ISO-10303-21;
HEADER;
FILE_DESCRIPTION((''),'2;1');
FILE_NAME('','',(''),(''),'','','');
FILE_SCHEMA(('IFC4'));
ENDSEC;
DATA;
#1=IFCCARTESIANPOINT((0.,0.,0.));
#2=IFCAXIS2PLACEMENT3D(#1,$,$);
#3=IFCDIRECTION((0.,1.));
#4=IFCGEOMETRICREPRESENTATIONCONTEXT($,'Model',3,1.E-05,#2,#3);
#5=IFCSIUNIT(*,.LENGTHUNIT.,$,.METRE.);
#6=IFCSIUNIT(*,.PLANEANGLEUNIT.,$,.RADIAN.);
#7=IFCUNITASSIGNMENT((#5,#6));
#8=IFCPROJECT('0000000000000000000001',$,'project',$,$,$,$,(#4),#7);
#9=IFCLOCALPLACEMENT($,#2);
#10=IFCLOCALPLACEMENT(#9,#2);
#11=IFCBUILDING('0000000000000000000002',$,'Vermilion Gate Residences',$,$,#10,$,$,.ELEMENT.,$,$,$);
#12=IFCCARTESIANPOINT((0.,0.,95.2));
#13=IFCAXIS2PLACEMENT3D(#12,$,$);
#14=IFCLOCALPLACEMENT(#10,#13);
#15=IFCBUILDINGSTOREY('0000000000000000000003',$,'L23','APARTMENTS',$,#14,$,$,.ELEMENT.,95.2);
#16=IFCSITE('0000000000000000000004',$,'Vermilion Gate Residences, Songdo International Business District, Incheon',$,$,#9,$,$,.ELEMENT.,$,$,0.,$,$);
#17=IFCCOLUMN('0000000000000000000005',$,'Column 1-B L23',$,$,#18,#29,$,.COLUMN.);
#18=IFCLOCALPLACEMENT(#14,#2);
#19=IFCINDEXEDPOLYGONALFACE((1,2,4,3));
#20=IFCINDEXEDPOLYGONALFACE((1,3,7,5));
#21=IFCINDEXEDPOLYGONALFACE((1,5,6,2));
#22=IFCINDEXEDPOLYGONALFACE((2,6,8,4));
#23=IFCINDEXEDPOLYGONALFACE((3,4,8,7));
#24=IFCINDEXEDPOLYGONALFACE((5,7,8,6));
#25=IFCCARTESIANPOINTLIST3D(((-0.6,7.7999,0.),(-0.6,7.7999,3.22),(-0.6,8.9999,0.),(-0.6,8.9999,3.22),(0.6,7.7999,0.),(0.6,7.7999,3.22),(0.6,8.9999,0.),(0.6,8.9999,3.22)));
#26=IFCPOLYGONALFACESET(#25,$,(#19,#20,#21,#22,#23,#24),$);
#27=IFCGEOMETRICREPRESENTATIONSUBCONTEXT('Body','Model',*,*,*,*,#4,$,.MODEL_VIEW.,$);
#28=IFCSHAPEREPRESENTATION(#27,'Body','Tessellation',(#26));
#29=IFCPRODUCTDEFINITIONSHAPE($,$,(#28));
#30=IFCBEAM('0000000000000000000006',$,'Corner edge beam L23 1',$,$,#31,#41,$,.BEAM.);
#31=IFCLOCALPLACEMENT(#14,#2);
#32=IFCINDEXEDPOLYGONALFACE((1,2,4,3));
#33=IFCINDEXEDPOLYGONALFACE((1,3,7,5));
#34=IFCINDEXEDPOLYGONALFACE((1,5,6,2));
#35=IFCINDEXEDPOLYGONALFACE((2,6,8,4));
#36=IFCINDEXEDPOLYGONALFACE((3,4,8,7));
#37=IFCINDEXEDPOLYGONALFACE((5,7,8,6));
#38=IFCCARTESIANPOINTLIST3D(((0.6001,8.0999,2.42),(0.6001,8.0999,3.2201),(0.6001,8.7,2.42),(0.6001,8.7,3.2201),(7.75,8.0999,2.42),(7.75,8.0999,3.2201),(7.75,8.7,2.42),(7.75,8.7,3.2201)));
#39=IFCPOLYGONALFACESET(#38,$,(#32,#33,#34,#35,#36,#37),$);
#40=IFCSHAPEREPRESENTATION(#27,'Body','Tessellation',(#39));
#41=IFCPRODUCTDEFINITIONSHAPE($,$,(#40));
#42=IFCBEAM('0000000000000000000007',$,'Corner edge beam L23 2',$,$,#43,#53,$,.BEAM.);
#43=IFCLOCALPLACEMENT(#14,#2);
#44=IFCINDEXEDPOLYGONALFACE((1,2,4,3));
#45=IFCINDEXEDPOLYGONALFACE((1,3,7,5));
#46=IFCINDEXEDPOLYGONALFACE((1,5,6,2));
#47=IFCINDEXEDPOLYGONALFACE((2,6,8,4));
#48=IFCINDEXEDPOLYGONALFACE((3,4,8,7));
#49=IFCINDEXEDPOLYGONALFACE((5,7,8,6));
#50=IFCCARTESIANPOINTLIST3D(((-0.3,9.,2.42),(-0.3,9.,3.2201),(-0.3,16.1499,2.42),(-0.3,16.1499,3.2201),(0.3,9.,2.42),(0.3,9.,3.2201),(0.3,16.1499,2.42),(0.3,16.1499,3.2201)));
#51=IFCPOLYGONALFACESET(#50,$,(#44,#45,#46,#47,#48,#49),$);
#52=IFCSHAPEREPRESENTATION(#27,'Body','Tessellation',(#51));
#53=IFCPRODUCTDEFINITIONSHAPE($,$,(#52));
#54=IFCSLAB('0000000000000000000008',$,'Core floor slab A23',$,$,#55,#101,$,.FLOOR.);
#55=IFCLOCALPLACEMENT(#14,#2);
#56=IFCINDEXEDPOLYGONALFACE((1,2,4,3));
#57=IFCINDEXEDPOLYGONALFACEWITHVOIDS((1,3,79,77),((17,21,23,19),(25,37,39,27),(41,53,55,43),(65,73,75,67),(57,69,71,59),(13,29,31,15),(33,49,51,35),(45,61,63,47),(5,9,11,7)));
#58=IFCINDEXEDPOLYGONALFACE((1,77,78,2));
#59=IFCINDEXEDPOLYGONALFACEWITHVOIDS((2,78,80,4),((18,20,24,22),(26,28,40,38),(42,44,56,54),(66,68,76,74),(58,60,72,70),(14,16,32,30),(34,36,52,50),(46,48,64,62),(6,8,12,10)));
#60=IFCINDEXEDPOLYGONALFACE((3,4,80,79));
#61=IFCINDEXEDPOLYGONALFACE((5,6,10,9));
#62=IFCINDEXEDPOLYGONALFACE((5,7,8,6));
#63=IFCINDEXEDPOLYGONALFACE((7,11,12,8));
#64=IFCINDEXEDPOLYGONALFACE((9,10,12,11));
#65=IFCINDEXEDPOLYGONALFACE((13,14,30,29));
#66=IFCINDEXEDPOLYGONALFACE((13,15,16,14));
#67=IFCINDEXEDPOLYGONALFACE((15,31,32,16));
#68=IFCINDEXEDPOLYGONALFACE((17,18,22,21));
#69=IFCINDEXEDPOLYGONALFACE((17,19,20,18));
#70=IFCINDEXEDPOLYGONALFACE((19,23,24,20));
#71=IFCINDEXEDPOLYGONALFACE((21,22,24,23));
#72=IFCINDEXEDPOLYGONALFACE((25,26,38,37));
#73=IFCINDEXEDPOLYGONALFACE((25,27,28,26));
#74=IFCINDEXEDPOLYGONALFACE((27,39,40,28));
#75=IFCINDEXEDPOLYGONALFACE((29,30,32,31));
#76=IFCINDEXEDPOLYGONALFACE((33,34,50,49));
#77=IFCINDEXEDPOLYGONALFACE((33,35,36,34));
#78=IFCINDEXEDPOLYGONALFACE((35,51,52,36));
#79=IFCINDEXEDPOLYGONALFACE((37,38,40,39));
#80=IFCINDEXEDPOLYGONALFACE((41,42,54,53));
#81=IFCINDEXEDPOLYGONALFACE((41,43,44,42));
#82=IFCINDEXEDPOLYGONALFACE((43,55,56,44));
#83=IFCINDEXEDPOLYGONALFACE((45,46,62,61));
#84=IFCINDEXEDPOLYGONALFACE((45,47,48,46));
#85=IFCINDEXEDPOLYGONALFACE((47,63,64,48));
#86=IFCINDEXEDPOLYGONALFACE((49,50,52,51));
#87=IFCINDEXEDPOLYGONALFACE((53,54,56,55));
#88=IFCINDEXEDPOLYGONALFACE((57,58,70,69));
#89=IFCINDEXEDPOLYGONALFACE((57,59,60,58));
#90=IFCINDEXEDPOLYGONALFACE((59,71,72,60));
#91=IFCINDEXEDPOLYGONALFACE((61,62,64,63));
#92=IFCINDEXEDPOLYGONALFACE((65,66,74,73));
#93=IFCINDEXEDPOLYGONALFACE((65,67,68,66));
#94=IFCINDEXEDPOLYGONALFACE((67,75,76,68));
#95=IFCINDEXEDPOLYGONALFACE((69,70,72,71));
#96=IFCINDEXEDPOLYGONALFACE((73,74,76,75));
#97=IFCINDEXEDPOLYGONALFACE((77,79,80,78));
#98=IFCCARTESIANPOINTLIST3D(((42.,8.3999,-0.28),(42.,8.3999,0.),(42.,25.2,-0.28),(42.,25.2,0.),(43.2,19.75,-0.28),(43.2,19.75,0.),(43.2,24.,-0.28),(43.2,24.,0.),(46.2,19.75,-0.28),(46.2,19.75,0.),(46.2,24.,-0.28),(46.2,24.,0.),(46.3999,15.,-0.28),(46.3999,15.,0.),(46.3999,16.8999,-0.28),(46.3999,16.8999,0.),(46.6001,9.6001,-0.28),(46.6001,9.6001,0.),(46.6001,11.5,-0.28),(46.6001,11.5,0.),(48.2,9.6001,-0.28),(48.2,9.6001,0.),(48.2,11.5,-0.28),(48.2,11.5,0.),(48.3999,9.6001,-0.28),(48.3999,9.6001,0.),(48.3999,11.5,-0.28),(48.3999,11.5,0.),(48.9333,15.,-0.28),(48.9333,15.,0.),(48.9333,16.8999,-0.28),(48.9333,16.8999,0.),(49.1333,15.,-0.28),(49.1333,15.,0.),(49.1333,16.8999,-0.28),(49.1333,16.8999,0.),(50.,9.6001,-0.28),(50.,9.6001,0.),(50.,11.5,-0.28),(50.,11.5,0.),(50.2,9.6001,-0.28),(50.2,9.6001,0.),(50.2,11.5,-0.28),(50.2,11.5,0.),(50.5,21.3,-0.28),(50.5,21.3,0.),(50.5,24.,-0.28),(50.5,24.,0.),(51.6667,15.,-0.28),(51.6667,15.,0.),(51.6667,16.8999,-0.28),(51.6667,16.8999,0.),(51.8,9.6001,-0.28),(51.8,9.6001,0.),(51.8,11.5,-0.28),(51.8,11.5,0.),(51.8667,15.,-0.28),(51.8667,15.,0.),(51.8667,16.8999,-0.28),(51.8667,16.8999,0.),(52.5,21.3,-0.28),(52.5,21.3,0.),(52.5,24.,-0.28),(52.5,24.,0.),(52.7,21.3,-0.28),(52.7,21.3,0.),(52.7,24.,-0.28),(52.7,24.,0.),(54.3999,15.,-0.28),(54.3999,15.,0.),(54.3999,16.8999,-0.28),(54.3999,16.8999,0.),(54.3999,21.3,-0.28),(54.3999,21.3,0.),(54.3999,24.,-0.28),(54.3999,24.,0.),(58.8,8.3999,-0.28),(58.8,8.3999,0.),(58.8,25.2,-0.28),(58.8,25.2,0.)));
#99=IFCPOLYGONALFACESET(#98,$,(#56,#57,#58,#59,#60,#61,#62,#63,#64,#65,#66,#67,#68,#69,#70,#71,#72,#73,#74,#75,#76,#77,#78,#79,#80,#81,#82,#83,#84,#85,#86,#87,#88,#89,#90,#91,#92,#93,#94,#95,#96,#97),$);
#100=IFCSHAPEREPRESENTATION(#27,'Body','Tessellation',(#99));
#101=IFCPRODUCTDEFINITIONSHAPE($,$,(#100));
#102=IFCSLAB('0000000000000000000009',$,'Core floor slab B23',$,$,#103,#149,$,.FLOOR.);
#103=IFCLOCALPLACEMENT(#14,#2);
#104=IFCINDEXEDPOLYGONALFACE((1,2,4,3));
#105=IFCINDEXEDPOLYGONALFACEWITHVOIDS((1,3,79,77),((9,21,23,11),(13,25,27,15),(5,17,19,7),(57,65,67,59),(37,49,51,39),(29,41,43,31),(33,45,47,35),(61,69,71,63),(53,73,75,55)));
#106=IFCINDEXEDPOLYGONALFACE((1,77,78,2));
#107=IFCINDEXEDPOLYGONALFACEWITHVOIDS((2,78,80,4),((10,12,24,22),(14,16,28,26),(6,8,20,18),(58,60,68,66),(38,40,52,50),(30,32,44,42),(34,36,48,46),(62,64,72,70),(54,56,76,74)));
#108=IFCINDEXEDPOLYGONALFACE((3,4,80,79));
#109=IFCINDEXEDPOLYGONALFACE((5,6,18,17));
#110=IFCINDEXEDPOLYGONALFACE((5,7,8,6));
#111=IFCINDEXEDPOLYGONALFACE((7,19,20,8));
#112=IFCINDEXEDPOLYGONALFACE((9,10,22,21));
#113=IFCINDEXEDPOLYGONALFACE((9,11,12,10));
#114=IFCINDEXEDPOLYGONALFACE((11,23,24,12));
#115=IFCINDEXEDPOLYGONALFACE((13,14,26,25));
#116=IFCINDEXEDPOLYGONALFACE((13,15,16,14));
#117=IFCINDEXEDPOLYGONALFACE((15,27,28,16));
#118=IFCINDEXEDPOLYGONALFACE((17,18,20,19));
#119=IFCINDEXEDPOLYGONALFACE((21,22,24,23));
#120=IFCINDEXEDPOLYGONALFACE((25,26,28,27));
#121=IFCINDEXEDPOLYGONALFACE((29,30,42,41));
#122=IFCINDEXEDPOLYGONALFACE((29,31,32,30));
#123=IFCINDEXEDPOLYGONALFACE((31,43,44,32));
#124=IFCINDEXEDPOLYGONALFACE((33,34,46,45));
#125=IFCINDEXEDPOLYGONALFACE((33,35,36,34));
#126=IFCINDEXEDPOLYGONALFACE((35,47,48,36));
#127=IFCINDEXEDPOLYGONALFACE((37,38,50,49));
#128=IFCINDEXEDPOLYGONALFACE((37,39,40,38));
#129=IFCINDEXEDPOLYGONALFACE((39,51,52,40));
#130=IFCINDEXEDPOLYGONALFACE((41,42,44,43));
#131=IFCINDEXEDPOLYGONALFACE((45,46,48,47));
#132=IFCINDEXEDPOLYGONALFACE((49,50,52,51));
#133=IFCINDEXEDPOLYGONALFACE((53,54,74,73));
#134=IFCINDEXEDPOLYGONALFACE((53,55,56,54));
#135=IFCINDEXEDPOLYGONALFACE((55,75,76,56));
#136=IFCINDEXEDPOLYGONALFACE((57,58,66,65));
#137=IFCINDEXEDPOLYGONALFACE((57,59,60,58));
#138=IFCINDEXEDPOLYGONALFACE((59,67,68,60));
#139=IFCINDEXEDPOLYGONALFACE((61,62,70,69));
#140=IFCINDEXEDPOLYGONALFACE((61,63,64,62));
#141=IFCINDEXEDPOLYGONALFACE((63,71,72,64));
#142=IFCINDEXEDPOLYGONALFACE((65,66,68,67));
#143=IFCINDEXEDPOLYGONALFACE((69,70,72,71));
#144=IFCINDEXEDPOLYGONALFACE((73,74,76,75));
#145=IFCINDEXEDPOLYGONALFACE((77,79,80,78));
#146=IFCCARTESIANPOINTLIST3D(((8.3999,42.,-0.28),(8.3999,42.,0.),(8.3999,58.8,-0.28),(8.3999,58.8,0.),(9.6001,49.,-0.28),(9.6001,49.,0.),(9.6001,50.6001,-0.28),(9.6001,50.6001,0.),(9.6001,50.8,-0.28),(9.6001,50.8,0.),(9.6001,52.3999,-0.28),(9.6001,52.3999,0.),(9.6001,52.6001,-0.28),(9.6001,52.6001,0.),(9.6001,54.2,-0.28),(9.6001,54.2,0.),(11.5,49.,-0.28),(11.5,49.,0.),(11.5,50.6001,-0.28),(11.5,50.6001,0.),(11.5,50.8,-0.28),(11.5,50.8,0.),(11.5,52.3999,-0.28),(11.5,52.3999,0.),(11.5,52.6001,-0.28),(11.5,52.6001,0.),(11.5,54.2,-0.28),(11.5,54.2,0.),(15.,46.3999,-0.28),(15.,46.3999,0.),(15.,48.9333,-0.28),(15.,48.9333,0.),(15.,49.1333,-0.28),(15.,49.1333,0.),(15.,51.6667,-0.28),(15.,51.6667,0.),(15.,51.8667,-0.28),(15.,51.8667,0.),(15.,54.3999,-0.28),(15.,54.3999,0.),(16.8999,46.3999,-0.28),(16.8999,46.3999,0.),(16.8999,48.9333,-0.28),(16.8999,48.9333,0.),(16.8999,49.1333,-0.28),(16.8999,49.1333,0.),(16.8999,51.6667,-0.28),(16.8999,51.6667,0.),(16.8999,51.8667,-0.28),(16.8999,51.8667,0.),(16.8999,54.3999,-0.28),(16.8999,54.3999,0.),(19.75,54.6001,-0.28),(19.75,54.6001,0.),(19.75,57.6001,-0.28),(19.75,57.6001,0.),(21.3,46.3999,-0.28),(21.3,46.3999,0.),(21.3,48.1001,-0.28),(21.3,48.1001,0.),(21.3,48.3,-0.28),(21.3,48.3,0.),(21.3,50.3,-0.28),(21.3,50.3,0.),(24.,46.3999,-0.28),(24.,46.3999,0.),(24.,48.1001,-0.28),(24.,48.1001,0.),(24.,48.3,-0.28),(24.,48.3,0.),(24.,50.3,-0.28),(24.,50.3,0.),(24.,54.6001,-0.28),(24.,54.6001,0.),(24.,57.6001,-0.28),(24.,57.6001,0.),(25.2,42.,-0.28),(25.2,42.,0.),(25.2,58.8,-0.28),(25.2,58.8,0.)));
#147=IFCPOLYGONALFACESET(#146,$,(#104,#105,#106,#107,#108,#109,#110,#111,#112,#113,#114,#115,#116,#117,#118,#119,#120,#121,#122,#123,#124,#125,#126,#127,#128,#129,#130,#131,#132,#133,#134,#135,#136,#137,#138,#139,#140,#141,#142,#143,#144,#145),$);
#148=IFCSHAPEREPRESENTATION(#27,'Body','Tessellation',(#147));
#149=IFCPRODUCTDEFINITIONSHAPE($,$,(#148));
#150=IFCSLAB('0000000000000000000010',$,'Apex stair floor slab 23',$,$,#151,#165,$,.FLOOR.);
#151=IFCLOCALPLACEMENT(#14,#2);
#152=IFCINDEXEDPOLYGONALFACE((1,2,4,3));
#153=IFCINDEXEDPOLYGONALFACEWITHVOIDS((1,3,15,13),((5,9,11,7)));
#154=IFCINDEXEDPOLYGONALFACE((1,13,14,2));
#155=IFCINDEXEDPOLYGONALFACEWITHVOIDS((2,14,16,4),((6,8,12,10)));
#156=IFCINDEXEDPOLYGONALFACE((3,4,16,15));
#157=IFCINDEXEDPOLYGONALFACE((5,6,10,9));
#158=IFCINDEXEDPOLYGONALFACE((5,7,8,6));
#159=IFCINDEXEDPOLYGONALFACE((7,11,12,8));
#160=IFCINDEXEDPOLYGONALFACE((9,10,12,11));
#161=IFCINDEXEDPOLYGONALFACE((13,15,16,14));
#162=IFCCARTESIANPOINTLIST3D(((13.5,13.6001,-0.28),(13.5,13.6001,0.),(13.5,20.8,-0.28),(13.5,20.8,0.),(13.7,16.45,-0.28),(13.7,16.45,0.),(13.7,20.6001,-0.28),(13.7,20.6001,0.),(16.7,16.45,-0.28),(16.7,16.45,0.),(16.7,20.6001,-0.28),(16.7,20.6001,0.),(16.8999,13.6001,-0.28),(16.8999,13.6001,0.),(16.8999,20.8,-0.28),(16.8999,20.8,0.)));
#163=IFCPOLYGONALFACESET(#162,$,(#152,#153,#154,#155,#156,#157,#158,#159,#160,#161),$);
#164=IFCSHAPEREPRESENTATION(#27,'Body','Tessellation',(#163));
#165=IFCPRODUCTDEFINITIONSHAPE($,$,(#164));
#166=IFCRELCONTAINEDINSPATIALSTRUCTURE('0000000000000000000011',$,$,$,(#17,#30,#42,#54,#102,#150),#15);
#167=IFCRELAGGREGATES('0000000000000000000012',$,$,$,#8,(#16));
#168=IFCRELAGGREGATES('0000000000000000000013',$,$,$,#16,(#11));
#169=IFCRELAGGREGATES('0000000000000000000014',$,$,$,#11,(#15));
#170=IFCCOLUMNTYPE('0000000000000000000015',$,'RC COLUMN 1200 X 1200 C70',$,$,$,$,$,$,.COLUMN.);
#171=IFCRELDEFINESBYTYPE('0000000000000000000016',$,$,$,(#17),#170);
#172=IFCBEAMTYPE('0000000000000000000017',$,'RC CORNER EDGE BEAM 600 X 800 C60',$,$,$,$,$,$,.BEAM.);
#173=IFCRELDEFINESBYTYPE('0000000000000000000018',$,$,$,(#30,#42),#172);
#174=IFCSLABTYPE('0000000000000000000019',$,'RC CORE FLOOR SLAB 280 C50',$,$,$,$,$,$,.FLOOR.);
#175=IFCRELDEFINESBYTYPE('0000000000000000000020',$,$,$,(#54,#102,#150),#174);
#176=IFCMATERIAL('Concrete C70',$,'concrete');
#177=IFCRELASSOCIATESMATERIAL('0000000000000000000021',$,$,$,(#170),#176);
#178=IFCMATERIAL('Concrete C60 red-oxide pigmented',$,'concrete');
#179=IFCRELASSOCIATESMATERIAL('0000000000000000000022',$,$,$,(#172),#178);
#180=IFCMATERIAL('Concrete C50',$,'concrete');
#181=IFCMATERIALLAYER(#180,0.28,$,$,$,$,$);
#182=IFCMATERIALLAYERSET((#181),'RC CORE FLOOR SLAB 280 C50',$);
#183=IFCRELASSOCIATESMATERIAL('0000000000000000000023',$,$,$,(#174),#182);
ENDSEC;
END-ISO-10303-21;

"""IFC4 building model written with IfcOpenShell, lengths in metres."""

from ifc_helpers import new_model, si_unit, direction, frame, origin, origin_2d, place, context, subcontext, project, spatial, polyline, rectangle, outline, extrude, material, layer, layer_set, material_profile, profile_set, type_object, element, save


model = new_model("IFC4")

# Units and contexts
model_context = context("Model", 3, precision=1e-05, world=origin(), true_north=direction((0.0, 1.0)))
body_context = subcontext(model_context, "Body", "Model", "MODEL_VIEW")
ifc_project = project(units=[si_unit("LENGTHUNIT", "METRE"), si_unit("PLANEANGLEUNIT", "RADIAN")], contexts=[model_context])

# Site, building, storey
site_placement = place(None, origin())
site = spatial("IfcSite", under=ifc_project, at=site_placement, Name="Vermilion Gate Residences, Songdo International Business District, Incheon", CompositionType="ELEMENT", RefElevation=0.0)
building_placement = place(site_placement, origin())
building = spatial("IfcBuilding", under=site, at=building_placement, Name="Vermilion Gate Residences", CompositionType="ELEMENT")
storey_placement = place(building_placement, frame((0.0, 0.0, 95.2)))
storey = spatial("IfcBuildingStorey", under=building, at=storey_placement, Name="L23", Description="APARTMENTS", CompositionType="ELEMENT", Elevation=95.2)

# Column
ifc_material_1 = material(Name="Concrete C70", Category="concrete")
ifc_material_profile_1 = material_profile(ifc_material_1, rectangle(XDim=1.2, YDim=1.2, at=origin_2d()), Name="RC-1200x1200")
ifc_profile_set_1 = profile_set([ifc_material_profile_1], Name="Concrete C70")
column_type = type_object("IfcColumnType", Name="RC COLUMN 1200 X 1200 C70", PredefinedType="COLUMN", material=ifc_profile_set_1)
column_placement = place(storey_placement, frame((0.0, 8.3999, 0.0), z_axis=(0.0, 0.0, 1.0), x_axis=(1.0, 0.0, 0.0)))
element("IfcColumn", 1, at=column_placement, inside=storey, type_object=column_type, Name="Column 1-B L23", PredefinedType="COLUMN", context=body_context, shape_type="SweptSolid", body=[
    extrude(rectangle(XDim=1.2, YDim=1.2, at=origin_2d()), origin(), (0.0, 0.0, 1.0), 3.22),
])

# Beams
ifc_material_2 = material(Name="Concrete C60 red-oxide pigmented", Category="concrete")
ifc_material_profile_2 = material_profile(ifc_material_2, rectangle(XDim=0.6001, YDim=0.8, at=origin_2d()), Name="RC-600x800")
ifc_profile_set_2 = profile_set([ifc_material_profile_2], Name="Concrete C60 red-oxide pigmented")
beam_type = type_object("IfcBeamType", Name="RC CORNER EDGE BEAM 600 X 800 C60", PredefinedType="BEAM", material=ifc_profile_set_2)
for number, where, z_axis, x_axis, name in (
    (2, (0.6001, 8.3999, 2.8201), (1.0, 0.0, 0.0), (0.0, 1.0, 0.0), "Corner edge beam L23 1"),
    (3, (0.0, 9.0, 2.8201), (0.0, 1.0, 0.0), (-1.0, 0.0, 0.0), "Corner edge beam L23 2"),
):
    element("IfcBeam", number, at=place(storey_placement, frame(where, z_axis=z_axis, x_axis=x_axis)), inside=storey, type_object=beam_type, Name=name, PredefinedType="BEAM", context=body_context, shape_type="SweptSolid", body=[
        extrude(rectangle(XDim=0.6001, YDim=0.8, at=origin_2d()), origin(), (0.0, 0.0, 1.0), 7.1499),
    ])

# Slabs
ifc_material_3 = material(Name="Concrete C50", Category="concrete")
ifc_layer_1 = layer(ifc_material_3, 0.28)
ifc_layer_set_1 = layer_set([ifc_layer_1], Name="RC CORE FLOOR SLAB 280 C50")
slab_type_1 = type_object("IfcSlabType", Name="RC CORE FLOOR SLAB 280 C50", PredefinedType="FLOOR", material=ifc_layer_set_1)
slab_1_placement = place(storey_placement, frame((0.0, 0.0, -0.28)))
element("IfcSlab", 4, at=slab_1_placement, inside=storey, type_object=slab_type_1, Name="Core floor slab A23", PredefinedType="FLOOR", context=body_context, shape_type="SweptSolid", body=[
    extrude(outline(polyline([(42.0, 8.3999), (58.8, 8.3999), (58.8, 25.2), (42.0, 25.2), (42.0, 8.3999)]), holes=[polyline([(46.6001, 11.5), (48.2, 11.5), (48.2, 9.6001), (46.6001, 9.6001), (46.6001, 11.5)]), polyline([(48.3999, 11.5), (50.0, 11.5), (50.0, 9.6001), (48.3999, 9.6001), (48.3999, 11.5)]), polyline([(50.2, 11.5), (51.8, 11.5), (51.8, 9.6001), (50.2, 9.6001), (50.2, 11.5)]), polyline([(46.3999, 16.8999), (48.9333, 16.8999), (48.9333, 15.0), (46.3999, 15.0), (46.3999, 16.8999)]), polyline([(49.1333, 16.8999), (51.6667, 16.8999), (51.6667, 15.0), (49.1333, 15.0), (49.1333, 16.8999)]), polyline([(51.8667, 16.8999), (54.3999, 16.8999), (54.3999, 15.0), (51.8667, 15.0), (51.8667, 16.8999)]), polyline([(43.2, 24.0), (46.2, 24.0), (46.2, 19.75), (43.2, 19.75), (43.2, 24.0)]), polyline([(52.5, 24.0), (52.5, 21.3), (50.5, 21.3), (50.5, 24.0), (52.5, 24.0)]), polyline([(54.3999, 24.0), (54.3999, 21.3), (52.7, 21.3), (52.7, 24.0), (54.3999, 24.0)])]), origin(), (0.0, 0.0, 1.0), 0.28),
])
slab_2_placement = place(storey_placement, frame((0.0, 0.0, -0.28)))
element("IfcSlab", 5, at=slab_2_placement, inside=storey, type_object=slab_type_1, Name="Core floor slab B23", PredefinedType="FLOOR", context=body_context, shape_type="SweptSolid", body=[
    extrude(outline(polyline([(8.3999, 42.0), (25.2, 42.0), (25.2, 58.8), (8.3999, 58.8), (8.3999, 42.0)]), holes=[polyline([(21.3, 48.1001), (24.0, 48.1001), (24.0, 46.3999), (21.3, 46.3999), (21.3, 48.1001)]), polyline([(15.0, 48.9333), (16.8999, 48.9333), (16.8999, 46.3999), (15.0, 46.3999), (15.0, 48.9333)]), polyline([(21.3, 50.3), (24.0, 50.3), (24.0, 48.3), (21.3, 48.3), (21.3, 50.3)]), polyline([(9.6001, 50.6001), (11.5, 50.6001), (11.5, 49.0), (9.6001, 49.0), (9.6001, 50.6001)]), polyline([(15.0, 51.6667), (16.8999, 51.6667), (16.8999, 49.1333), (15.0, 49.1333), (15.0, 51.6667)]), polyline([(9.6001, 52.3999), (11.5, 52.3999), (11.5, 50.8), (9.6001, 50.8), (9.6001, 52.3999)]), polyline([(15.0, 54.3999), (16.8999, 54.3999), (16.8999, 51.8667), (15.0, 51.8667), (15.0, 54.3999)]), polyline([(11.5, 54.2), (11.5, 52.6001), (9.6001, 52.6001), (9.6001, 54.2), (11.5, 54.2)]), polyline([(24.0, 57.6001), (24.0, 54.6001), (19.75, 54.6001), (19.75, 57.6001), (24.0, 57.6001)])]), origin(), (0.0, 0.0, 1.0), 0.28),
])
slab_3_placement = place(storey_placement, frame((0.0, 0.0, -0.28)))
element("IfcSlab", 6, at=slab_3_placement, inside=storey, type_object=slab_type_1, Name="Apex stair floor slab 23", PredefinedType="FLOOR", context=body_context, shape_type="SweptSolid", body=[
    extrude(outline(polyline([(13.5, 13.6001), (16.8999, 13.6001), (16.8999, 20.8), (13.5, 20.8), (13.5, 13.6001)]), holes=[polyline([(16.7, 20.6001), (16.7, 16.45), (13.7, 16.45), (13.7, 20.6001), (16.7, 20.6001)])]), origin(), (0.0, 0.0, 1.0), 0.28),
])

save(model, "model.ifc")
